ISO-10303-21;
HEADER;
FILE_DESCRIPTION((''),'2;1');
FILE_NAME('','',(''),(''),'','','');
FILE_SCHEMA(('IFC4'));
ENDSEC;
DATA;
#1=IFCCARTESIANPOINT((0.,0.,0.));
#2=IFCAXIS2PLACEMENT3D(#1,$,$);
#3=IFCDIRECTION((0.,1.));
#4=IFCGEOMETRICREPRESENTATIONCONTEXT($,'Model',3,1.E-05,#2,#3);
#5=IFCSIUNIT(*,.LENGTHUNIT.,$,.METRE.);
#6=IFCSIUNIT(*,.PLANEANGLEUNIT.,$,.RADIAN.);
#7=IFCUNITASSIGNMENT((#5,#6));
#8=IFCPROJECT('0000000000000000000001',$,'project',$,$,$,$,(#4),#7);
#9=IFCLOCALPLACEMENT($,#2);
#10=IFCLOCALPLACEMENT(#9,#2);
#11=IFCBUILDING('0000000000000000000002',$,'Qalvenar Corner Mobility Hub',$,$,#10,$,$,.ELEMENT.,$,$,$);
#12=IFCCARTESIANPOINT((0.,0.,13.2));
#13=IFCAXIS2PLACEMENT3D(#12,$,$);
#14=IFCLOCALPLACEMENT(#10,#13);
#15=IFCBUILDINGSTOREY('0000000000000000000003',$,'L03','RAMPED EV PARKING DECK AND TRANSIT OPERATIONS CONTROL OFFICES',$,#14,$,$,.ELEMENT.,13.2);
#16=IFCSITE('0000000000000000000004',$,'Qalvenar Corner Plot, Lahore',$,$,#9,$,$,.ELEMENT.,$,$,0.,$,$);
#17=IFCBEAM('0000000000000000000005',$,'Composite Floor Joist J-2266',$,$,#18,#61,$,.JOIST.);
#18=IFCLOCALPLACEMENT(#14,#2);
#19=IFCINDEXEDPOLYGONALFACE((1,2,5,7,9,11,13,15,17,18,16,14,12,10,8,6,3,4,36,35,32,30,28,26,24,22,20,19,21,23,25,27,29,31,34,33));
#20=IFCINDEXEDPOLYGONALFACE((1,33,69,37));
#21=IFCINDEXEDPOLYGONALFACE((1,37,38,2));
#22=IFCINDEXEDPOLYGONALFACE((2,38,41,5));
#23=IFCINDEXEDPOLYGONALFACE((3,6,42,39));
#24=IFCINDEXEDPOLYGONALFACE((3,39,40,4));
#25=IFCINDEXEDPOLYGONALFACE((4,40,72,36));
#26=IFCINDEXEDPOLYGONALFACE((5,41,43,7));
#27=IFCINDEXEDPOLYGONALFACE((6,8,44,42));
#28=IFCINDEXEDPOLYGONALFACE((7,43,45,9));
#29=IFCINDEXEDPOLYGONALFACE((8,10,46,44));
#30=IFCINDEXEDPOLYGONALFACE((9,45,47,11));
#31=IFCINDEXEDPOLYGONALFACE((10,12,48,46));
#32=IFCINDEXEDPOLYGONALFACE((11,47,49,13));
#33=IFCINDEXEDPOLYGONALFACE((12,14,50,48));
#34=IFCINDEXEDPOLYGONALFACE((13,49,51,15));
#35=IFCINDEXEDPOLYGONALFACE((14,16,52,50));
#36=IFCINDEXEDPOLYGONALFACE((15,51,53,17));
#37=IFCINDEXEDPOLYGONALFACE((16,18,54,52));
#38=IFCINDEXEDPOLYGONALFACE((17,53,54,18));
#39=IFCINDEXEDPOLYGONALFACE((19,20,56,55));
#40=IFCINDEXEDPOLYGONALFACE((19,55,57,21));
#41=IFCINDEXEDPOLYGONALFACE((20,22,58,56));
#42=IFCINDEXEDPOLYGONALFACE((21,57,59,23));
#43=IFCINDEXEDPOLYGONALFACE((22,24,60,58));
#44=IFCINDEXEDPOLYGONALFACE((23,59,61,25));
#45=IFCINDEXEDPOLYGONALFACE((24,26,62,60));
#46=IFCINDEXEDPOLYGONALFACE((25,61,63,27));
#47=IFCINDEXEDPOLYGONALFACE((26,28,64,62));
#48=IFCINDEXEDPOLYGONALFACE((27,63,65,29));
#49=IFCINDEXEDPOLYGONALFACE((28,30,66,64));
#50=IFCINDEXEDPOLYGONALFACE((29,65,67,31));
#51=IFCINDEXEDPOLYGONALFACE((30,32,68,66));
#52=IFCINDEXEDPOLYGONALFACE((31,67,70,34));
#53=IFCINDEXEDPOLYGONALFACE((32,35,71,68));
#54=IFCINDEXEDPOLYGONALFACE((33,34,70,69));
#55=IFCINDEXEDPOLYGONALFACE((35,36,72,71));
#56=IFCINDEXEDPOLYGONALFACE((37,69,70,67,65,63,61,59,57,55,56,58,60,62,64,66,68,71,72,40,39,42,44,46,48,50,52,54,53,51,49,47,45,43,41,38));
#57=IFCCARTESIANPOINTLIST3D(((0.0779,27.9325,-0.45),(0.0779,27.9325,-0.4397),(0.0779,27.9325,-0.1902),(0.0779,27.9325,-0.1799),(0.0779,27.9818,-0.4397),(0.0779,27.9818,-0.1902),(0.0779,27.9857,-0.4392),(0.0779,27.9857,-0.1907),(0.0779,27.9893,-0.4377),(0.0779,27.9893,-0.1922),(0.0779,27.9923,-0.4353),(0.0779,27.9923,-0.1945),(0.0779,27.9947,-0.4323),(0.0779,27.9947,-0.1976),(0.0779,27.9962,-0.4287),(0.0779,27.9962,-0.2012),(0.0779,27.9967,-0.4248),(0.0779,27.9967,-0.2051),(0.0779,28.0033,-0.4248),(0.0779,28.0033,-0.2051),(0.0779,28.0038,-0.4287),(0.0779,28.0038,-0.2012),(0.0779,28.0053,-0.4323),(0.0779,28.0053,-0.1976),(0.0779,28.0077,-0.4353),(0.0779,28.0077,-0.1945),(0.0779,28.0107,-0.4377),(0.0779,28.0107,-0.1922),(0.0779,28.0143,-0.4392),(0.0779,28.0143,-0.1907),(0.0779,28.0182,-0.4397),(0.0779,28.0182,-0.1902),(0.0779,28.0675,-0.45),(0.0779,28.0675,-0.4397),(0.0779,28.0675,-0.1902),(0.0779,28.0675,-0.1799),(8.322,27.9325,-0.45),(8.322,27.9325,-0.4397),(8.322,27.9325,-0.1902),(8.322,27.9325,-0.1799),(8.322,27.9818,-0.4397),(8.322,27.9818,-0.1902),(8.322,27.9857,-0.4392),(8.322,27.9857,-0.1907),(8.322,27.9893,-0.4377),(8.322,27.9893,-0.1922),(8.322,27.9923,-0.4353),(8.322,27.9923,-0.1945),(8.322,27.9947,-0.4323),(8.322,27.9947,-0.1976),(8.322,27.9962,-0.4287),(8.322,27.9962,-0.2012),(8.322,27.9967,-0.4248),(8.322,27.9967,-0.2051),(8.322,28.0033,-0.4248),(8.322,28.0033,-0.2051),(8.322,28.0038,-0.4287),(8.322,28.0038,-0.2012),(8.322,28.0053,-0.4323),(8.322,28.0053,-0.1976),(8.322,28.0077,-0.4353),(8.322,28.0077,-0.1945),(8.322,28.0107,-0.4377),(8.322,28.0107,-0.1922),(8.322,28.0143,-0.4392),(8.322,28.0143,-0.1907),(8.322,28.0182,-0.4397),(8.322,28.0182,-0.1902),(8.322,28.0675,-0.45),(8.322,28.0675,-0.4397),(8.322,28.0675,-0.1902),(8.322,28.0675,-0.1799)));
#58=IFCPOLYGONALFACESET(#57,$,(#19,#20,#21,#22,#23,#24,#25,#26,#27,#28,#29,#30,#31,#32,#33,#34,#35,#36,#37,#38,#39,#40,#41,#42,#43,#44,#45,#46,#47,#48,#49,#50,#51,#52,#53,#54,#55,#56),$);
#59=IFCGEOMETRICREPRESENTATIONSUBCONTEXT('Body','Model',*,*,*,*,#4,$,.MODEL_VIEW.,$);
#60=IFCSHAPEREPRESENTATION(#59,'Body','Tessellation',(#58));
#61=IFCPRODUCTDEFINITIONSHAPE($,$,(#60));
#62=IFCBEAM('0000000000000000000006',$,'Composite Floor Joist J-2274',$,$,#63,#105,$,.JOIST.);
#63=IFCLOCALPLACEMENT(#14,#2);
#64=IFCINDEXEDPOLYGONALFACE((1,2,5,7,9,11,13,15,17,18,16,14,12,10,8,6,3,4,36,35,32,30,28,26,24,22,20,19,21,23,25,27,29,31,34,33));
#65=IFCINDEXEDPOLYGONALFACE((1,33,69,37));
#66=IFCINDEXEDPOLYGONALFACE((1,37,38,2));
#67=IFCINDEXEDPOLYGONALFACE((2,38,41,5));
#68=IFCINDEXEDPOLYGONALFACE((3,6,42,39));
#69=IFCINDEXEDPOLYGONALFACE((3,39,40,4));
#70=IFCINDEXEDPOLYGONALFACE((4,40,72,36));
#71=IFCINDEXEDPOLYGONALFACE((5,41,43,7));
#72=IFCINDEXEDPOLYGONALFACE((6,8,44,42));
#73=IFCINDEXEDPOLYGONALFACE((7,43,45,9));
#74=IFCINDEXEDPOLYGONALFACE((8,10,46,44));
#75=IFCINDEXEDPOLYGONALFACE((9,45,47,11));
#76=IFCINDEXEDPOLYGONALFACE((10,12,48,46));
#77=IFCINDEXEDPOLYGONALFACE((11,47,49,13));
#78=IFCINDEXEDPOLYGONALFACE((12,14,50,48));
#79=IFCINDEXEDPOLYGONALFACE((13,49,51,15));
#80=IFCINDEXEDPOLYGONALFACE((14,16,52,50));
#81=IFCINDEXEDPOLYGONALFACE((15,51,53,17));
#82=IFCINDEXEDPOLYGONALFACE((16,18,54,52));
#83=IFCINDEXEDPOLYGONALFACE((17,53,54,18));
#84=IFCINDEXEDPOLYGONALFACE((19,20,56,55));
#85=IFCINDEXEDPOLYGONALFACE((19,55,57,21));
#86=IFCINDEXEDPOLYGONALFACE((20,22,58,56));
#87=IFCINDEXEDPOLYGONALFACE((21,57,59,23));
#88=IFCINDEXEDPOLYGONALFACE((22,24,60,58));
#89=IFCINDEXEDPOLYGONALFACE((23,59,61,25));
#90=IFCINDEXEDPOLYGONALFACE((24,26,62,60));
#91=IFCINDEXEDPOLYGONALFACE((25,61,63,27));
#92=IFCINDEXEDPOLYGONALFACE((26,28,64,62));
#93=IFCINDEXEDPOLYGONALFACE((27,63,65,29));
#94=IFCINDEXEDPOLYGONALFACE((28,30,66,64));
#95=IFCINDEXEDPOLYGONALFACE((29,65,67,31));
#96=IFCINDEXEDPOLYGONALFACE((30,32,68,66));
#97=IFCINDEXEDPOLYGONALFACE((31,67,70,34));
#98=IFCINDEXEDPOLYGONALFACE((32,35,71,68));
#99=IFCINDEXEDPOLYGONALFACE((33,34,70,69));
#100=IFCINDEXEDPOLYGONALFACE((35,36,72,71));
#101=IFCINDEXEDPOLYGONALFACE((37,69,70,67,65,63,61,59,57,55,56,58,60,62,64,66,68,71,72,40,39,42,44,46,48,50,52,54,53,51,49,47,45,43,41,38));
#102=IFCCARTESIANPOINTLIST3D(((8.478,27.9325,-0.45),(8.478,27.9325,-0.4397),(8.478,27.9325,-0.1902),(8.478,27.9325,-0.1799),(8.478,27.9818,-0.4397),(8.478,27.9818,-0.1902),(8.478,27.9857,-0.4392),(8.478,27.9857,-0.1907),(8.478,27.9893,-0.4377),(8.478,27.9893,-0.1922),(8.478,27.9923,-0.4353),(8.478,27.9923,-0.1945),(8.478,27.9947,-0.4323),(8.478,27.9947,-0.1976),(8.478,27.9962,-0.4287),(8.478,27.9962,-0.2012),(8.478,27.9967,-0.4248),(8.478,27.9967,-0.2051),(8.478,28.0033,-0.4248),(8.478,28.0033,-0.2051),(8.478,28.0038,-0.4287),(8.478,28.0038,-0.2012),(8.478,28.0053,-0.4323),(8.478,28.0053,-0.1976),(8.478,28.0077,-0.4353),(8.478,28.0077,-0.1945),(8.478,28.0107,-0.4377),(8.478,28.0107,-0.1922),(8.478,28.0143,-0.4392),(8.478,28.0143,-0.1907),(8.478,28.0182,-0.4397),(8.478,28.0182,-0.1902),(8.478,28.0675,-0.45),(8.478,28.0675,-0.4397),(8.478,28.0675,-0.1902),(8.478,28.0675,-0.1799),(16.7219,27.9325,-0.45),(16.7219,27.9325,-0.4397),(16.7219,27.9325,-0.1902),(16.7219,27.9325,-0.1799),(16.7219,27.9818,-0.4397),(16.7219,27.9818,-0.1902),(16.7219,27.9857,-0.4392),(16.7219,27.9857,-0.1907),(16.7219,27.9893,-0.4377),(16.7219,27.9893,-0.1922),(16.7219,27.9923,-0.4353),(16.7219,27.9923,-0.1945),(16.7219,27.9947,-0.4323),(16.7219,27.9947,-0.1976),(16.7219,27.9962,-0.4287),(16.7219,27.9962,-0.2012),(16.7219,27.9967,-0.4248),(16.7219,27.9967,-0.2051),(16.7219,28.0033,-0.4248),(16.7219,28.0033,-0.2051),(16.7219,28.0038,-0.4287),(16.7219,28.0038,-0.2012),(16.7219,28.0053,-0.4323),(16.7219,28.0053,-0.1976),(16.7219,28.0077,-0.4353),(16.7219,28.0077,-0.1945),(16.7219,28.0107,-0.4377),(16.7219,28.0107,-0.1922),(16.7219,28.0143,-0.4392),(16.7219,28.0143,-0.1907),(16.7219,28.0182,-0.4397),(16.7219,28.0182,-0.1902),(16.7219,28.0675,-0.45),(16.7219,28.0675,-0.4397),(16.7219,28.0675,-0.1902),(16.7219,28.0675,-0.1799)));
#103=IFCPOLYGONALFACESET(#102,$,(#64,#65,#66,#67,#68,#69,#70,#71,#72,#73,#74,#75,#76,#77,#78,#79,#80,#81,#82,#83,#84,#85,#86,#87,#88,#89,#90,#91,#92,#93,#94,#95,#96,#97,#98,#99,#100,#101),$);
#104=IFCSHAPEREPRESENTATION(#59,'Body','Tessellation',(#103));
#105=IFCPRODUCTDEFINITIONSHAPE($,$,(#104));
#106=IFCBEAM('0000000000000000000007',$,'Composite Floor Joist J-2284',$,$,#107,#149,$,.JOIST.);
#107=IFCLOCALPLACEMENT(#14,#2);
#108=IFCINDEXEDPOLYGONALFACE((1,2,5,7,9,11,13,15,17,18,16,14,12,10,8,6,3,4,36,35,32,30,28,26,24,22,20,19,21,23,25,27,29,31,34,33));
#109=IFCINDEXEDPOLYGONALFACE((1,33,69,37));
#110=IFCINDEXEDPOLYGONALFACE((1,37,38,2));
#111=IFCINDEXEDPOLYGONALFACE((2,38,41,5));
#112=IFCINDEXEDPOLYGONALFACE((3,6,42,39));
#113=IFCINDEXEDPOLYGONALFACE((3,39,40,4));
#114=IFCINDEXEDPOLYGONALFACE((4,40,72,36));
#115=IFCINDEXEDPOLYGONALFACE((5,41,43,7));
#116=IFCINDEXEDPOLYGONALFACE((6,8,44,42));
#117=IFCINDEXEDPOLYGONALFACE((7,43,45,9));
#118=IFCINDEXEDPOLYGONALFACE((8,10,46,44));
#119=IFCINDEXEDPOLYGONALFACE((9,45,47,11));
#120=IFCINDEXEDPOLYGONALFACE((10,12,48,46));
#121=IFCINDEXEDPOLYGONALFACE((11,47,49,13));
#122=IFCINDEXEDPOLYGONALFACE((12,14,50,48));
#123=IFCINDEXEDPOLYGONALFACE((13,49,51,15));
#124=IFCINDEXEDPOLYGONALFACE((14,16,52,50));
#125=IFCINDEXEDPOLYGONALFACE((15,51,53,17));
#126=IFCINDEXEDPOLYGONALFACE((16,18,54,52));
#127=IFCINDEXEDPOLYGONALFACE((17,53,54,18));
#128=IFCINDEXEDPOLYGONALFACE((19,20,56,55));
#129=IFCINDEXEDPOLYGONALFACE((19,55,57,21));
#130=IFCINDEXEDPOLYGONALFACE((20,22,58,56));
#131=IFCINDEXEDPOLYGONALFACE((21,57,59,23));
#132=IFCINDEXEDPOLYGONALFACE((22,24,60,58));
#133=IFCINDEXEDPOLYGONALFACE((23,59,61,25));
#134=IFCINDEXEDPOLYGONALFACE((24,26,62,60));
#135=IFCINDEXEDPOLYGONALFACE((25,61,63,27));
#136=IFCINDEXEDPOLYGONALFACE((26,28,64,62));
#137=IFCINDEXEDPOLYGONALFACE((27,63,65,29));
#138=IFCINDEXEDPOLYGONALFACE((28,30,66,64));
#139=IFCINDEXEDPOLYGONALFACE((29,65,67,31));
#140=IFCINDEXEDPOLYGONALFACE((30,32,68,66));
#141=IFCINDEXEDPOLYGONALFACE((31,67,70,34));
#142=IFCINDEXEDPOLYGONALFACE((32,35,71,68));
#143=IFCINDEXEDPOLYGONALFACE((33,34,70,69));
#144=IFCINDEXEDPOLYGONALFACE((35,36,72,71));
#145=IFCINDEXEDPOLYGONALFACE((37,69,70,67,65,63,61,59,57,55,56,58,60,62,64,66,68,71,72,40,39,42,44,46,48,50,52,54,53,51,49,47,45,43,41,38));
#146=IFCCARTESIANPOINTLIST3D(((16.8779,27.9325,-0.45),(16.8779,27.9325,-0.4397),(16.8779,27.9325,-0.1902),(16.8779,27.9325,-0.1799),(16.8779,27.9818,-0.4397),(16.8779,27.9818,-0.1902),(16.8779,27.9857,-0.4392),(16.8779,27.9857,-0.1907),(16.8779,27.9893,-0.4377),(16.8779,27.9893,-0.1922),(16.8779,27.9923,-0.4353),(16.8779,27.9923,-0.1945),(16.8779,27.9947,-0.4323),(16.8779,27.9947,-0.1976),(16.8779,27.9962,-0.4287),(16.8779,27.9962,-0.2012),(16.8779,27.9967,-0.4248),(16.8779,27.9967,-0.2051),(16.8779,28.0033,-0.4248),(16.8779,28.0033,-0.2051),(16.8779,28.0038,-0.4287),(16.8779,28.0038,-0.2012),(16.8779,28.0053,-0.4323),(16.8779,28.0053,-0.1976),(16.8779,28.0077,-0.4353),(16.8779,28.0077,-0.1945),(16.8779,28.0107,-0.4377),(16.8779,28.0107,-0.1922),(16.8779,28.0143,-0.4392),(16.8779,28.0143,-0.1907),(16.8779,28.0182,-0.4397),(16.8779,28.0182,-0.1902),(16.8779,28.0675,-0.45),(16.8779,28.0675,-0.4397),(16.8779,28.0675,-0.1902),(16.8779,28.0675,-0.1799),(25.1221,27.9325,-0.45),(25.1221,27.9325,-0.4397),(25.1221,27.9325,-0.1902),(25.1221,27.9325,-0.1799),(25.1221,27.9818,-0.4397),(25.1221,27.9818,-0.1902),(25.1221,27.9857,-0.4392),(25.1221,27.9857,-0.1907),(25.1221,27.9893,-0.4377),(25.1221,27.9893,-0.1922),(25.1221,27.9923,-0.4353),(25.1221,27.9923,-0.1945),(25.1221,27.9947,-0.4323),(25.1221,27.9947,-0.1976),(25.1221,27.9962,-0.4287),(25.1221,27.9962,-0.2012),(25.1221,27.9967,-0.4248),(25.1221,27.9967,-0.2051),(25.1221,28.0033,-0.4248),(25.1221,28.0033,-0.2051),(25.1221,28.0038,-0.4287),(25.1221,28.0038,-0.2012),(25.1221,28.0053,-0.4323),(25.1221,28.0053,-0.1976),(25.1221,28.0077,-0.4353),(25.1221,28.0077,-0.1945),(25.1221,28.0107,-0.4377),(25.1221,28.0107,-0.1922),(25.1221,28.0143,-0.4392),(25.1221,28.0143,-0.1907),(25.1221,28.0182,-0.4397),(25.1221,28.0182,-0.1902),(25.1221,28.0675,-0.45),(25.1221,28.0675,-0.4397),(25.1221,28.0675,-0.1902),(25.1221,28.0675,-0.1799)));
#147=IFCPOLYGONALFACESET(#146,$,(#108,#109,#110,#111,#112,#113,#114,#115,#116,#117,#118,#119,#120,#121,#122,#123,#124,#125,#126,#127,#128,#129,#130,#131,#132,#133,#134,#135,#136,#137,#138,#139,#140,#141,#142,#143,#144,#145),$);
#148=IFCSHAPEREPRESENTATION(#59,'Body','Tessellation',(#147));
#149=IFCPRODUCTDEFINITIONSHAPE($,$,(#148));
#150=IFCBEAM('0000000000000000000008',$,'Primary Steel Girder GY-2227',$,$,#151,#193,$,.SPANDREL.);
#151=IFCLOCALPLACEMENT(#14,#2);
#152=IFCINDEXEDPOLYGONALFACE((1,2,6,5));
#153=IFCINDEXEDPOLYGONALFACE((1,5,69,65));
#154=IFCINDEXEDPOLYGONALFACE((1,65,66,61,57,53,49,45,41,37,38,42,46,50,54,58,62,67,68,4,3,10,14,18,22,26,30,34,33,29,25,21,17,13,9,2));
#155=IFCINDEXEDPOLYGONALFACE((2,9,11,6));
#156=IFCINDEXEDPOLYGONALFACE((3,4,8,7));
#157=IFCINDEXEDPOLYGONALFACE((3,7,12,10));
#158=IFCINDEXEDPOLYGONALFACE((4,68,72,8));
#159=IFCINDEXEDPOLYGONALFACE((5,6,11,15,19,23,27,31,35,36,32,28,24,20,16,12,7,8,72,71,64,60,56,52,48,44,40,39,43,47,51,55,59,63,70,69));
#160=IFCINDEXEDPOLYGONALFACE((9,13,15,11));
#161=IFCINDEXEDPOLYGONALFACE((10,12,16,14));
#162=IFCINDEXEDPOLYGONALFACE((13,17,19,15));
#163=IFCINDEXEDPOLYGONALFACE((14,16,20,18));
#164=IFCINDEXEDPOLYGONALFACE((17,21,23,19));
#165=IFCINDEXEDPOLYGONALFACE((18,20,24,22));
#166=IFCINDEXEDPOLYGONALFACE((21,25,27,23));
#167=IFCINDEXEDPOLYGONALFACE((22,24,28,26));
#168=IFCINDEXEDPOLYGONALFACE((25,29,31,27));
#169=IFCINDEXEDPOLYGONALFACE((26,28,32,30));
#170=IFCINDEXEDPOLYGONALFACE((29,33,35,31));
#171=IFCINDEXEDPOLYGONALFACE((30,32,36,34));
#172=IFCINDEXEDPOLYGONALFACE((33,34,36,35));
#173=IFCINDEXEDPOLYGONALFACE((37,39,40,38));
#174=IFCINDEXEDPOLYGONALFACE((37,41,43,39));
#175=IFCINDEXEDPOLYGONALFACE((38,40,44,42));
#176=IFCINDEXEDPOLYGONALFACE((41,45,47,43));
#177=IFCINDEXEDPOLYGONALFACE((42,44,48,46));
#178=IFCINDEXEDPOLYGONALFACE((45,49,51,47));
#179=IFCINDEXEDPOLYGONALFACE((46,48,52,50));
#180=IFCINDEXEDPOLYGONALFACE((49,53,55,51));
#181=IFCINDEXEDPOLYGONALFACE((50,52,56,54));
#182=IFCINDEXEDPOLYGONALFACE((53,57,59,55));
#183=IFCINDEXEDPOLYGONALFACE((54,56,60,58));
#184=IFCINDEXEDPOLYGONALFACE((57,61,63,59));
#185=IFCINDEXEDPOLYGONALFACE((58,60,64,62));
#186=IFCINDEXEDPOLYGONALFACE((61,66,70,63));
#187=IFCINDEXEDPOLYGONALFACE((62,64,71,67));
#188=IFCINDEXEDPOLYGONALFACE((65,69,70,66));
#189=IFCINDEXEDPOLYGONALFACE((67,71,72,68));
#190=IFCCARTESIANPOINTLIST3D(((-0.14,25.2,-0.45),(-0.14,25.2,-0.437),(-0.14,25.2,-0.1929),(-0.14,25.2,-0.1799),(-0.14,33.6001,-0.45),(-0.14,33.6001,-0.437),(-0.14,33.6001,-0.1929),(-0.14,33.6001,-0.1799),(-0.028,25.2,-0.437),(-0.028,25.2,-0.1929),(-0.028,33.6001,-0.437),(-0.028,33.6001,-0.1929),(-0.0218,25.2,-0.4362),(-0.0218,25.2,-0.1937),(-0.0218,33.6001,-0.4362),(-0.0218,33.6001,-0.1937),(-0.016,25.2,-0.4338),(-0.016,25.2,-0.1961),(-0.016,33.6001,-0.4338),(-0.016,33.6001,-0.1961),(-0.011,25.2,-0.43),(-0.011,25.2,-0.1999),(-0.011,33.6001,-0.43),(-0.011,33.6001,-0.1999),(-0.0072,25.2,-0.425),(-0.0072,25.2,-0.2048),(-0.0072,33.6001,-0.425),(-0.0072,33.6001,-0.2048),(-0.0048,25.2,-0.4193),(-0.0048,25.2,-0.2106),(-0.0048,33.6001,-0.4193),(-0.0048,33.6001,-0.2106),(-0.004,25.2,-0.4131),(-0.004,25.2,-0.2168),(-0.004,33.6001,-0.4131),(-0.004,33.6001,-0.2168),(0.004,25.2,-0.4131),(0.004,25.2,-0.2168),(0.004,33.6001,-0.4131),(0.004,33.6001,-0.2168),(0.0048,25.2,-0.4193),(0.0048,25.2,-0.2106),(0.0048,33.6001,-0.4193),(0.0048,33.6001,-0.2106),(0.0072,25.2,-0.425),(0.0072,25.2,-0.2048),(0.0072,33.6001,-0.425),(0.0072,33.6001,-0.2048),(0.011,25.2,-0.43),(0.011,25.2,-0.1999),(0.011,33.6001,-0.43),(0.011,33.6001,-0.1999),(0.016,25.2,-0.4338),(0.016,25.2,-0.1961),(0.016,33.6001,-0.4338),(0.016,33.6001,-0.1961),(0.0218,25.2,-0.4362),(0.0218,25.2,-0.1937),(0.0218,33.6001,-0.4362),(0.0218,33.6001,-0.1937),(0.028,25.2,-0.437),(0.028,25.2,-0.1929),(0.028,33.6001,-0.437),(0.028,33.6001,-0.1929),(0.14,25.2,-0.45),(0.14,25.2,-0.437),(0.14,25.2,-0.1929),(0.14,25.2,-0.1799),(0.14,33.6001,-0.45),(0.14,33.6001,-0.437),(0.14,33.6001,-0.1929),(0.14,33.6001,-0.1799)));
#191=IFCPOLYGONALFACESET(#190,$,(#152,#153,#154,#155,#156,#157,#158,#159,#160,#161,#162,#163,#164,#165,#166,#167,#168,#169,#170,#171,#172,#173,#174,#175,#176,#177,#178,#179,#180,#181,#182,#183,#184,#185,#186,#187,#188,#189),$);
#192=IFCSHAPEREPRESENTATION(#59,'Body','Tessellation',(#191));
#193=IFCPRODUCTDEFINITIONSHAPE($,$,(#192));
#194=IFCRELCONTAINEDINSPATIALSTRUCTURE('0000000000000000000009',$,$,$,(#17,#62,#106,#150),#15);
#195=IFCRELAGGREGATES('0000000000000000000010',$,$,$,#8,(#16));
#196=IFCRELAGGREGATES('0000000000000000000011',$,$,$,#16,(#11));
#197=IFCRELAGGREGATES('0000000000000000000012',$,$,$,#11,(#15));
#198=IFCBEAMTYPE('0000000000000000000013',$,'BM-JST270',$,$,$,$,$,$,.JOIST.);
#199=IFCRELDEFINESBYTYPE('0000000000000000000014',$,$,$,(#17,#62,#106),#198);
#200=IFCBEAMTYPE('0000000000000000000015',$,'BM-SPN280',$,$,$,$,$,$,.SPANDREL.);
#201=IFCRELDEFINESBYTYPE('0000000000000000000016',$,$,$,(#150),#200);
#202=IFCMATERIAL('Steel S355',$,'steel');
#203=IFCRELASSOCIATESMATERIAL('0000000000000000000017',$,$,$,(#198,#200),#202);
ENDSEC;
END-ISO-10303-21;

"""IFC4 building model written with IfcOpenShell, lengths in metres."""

from ifc_helpers import new_model, si_unit, direction, frame, origin, origin_2d, place, context, subcontext, project, spatial, i_section, extrude, material, material_profile, profile_set, type_object, element, save


model = new_model("IFC4")

# Units and contexts
model_context = context("Model", 3, precision=1e-05, world=origin(), true_north=direction((0.0, 1.0)))
body_context = subcontext(model_context, "Body", "Model", "MODEL_VIEW")
ifc_project = project(units=[si_unit("LENGTHUNIT", "METRE"), si_unit("PLANEANGLEUNIT", "RADIAN")], contexts=[model_context])

# Site, building, storey
site_placement = place(None, origin())
site = spatial("IfcSite", under=ifc_project, at=site_placement, Name="Qalvenar Corner Plot, Lahore", CompositionType="ELEMENT", RefElevation=0.0)
building_placement = place(site_placement, origin())
building = spatial("IfcBuilding", under=site, at=building_placement, Name="Qalvenar Corner Mobility Hub", CompositionType="ELEMENT")
storey_placement = place(building_placement, frame((0.0, 0.0, 13.2)))
storey = spatial("IfcBuildingStorey", under=building, at=storey_placement, Name="L03", Description="RAMPED EV PARKING DECK AND TRANSIT OPERATIONS CONTROL OFFICES", CompositionType="ELEMENT", Elevation=13.2)

# Shared definitions
ifc_material_1 = material(Name="Steel S355", Category="steel")

# Beams
ifc_material_profile_1 = material_profile(ifc_material_1, i_section(OverallWidth=0.135, OverallDepth=0.27, WebThickness=0.0066, FlangeThickness=0.0103, FilletRadius=0.0149, at=origin_2d()), Name="IPE270")
ifc_profile_set_1 = profile_set([ifc_material_profile_1], Name="Steel S355")
beam_type_1 = type_object("IfcBeamType", Name="BM-JST270", PredefinedType="JOIST", material=ifc_profile_set_1)
beam_1_placement = place(storey_placement, frame((0.0779, 28.0, -0.3149), z_axis=(1.0, 0.0, 0.0), x_axis=(0.0, 1.0, 0.0)))
element("IfcBeam", 1, at=beam_1_placement, inside=storey, type_object=beam_type_1, Name="Composite Floor Joist J-2266", PredefinedType="JOIST", context=body_context, shape_type="SweptSolid", body=[
    extrude(i_section(OverallWidth=0.135, OverallDepth=0.27, WebThickness=0.0066, FlangeThickness=0.0103, FilletRadius=0.0149, at=origin_2d()), origin(), (0.0, 0.0, 1.0), 8.2441),
])
beam_2_placement = place(storey_placement, frame((8.478, 28.0, -0.3149), z_axis=(1.0, 0.0, 0.0), x_axis=(0.0, 1.0, 0.0)))
element("IfcBeam", 2, at=beam_2_placement, inside=storey, type_object=beam_type_1, Name="Composite Floor Joist J-2274", PredefinedType="JOIST", context=body_context, shape_type="SweptSolid", body=[
    extrude(i_section(OverallWidth=0.135, OverallDepth=0.27, WebThickness=0.0066, FlangeThickness=0.0103, FilletRadius=0.0149, at=origin_2d()), origin(), (0.0, 0.0, 1.0), 8.2439),
])
beam_3_placement = place(storey_placement, frame((16.8779, 28.0, -0.3149), z_axis=(1.0, 0.0, 0.0), x_axis=(0.0, 1.0, 0.0)))
element("IfcBeam", 3, at=beam_3_placement, inside=storey, type_object=beam_type_1, Name="Composite Floor Joist J-2284", PredefinedType="JOIST", context=body_context, shape_type="SweptSolid", body=[
    extrude(i_section(OverallWidth=0.135, OverallDepth=0.27, WebThickness=0.0066, FlangeThickness=0.0103, FilletRadius=0.0149, at=origin_2d()), origin(), (0.0, 0.0, 1.0), 8.2441),
])
ifc_material_profile_2 = material_profile(ifc_material_1, i_section(OverallWidth=0.28, OverallDepth=0.27, WebThickness=0.0081, FlangeThickness=0.0129, FilletRadius=0.0239, at=origin_2d()), Name="HEA280")
ifc_profile_set_2 = profile_set([ifc_material_profile_2], Name="Steel S355")
beam_type_2 = type_object("IfcBeamType", Name="BM-SPN280", PredefinedType="SPANDREL", material=ifc_profile_set_2)
beam_4_placement = place(storey_placement, frame((0.0, 25.2, -0.3149), z_axis=(0.0, 1.0, 0.0), x_axis=(-1.0, 0.0, 0.0)))
element("IfcBeam", 4, at=beam_4_placement, inside=storey, type_object=beam_type_2, Name="Primary Steel Girder GY-2227", PredefinedType="SPANDREL", context=body_context, shape_type="SweptSolid", body=[
    extrude(i_section(OverallWidth=0.28, OverallDepth=0.27, WebThickness=0.0081, FlangeThickness=0.0129, FilletRadius=0.0239, at=origin_2d()), origin(), (0.0, 0.0, 1.0), 8.4001),
])

save(model, "model.ifc")
